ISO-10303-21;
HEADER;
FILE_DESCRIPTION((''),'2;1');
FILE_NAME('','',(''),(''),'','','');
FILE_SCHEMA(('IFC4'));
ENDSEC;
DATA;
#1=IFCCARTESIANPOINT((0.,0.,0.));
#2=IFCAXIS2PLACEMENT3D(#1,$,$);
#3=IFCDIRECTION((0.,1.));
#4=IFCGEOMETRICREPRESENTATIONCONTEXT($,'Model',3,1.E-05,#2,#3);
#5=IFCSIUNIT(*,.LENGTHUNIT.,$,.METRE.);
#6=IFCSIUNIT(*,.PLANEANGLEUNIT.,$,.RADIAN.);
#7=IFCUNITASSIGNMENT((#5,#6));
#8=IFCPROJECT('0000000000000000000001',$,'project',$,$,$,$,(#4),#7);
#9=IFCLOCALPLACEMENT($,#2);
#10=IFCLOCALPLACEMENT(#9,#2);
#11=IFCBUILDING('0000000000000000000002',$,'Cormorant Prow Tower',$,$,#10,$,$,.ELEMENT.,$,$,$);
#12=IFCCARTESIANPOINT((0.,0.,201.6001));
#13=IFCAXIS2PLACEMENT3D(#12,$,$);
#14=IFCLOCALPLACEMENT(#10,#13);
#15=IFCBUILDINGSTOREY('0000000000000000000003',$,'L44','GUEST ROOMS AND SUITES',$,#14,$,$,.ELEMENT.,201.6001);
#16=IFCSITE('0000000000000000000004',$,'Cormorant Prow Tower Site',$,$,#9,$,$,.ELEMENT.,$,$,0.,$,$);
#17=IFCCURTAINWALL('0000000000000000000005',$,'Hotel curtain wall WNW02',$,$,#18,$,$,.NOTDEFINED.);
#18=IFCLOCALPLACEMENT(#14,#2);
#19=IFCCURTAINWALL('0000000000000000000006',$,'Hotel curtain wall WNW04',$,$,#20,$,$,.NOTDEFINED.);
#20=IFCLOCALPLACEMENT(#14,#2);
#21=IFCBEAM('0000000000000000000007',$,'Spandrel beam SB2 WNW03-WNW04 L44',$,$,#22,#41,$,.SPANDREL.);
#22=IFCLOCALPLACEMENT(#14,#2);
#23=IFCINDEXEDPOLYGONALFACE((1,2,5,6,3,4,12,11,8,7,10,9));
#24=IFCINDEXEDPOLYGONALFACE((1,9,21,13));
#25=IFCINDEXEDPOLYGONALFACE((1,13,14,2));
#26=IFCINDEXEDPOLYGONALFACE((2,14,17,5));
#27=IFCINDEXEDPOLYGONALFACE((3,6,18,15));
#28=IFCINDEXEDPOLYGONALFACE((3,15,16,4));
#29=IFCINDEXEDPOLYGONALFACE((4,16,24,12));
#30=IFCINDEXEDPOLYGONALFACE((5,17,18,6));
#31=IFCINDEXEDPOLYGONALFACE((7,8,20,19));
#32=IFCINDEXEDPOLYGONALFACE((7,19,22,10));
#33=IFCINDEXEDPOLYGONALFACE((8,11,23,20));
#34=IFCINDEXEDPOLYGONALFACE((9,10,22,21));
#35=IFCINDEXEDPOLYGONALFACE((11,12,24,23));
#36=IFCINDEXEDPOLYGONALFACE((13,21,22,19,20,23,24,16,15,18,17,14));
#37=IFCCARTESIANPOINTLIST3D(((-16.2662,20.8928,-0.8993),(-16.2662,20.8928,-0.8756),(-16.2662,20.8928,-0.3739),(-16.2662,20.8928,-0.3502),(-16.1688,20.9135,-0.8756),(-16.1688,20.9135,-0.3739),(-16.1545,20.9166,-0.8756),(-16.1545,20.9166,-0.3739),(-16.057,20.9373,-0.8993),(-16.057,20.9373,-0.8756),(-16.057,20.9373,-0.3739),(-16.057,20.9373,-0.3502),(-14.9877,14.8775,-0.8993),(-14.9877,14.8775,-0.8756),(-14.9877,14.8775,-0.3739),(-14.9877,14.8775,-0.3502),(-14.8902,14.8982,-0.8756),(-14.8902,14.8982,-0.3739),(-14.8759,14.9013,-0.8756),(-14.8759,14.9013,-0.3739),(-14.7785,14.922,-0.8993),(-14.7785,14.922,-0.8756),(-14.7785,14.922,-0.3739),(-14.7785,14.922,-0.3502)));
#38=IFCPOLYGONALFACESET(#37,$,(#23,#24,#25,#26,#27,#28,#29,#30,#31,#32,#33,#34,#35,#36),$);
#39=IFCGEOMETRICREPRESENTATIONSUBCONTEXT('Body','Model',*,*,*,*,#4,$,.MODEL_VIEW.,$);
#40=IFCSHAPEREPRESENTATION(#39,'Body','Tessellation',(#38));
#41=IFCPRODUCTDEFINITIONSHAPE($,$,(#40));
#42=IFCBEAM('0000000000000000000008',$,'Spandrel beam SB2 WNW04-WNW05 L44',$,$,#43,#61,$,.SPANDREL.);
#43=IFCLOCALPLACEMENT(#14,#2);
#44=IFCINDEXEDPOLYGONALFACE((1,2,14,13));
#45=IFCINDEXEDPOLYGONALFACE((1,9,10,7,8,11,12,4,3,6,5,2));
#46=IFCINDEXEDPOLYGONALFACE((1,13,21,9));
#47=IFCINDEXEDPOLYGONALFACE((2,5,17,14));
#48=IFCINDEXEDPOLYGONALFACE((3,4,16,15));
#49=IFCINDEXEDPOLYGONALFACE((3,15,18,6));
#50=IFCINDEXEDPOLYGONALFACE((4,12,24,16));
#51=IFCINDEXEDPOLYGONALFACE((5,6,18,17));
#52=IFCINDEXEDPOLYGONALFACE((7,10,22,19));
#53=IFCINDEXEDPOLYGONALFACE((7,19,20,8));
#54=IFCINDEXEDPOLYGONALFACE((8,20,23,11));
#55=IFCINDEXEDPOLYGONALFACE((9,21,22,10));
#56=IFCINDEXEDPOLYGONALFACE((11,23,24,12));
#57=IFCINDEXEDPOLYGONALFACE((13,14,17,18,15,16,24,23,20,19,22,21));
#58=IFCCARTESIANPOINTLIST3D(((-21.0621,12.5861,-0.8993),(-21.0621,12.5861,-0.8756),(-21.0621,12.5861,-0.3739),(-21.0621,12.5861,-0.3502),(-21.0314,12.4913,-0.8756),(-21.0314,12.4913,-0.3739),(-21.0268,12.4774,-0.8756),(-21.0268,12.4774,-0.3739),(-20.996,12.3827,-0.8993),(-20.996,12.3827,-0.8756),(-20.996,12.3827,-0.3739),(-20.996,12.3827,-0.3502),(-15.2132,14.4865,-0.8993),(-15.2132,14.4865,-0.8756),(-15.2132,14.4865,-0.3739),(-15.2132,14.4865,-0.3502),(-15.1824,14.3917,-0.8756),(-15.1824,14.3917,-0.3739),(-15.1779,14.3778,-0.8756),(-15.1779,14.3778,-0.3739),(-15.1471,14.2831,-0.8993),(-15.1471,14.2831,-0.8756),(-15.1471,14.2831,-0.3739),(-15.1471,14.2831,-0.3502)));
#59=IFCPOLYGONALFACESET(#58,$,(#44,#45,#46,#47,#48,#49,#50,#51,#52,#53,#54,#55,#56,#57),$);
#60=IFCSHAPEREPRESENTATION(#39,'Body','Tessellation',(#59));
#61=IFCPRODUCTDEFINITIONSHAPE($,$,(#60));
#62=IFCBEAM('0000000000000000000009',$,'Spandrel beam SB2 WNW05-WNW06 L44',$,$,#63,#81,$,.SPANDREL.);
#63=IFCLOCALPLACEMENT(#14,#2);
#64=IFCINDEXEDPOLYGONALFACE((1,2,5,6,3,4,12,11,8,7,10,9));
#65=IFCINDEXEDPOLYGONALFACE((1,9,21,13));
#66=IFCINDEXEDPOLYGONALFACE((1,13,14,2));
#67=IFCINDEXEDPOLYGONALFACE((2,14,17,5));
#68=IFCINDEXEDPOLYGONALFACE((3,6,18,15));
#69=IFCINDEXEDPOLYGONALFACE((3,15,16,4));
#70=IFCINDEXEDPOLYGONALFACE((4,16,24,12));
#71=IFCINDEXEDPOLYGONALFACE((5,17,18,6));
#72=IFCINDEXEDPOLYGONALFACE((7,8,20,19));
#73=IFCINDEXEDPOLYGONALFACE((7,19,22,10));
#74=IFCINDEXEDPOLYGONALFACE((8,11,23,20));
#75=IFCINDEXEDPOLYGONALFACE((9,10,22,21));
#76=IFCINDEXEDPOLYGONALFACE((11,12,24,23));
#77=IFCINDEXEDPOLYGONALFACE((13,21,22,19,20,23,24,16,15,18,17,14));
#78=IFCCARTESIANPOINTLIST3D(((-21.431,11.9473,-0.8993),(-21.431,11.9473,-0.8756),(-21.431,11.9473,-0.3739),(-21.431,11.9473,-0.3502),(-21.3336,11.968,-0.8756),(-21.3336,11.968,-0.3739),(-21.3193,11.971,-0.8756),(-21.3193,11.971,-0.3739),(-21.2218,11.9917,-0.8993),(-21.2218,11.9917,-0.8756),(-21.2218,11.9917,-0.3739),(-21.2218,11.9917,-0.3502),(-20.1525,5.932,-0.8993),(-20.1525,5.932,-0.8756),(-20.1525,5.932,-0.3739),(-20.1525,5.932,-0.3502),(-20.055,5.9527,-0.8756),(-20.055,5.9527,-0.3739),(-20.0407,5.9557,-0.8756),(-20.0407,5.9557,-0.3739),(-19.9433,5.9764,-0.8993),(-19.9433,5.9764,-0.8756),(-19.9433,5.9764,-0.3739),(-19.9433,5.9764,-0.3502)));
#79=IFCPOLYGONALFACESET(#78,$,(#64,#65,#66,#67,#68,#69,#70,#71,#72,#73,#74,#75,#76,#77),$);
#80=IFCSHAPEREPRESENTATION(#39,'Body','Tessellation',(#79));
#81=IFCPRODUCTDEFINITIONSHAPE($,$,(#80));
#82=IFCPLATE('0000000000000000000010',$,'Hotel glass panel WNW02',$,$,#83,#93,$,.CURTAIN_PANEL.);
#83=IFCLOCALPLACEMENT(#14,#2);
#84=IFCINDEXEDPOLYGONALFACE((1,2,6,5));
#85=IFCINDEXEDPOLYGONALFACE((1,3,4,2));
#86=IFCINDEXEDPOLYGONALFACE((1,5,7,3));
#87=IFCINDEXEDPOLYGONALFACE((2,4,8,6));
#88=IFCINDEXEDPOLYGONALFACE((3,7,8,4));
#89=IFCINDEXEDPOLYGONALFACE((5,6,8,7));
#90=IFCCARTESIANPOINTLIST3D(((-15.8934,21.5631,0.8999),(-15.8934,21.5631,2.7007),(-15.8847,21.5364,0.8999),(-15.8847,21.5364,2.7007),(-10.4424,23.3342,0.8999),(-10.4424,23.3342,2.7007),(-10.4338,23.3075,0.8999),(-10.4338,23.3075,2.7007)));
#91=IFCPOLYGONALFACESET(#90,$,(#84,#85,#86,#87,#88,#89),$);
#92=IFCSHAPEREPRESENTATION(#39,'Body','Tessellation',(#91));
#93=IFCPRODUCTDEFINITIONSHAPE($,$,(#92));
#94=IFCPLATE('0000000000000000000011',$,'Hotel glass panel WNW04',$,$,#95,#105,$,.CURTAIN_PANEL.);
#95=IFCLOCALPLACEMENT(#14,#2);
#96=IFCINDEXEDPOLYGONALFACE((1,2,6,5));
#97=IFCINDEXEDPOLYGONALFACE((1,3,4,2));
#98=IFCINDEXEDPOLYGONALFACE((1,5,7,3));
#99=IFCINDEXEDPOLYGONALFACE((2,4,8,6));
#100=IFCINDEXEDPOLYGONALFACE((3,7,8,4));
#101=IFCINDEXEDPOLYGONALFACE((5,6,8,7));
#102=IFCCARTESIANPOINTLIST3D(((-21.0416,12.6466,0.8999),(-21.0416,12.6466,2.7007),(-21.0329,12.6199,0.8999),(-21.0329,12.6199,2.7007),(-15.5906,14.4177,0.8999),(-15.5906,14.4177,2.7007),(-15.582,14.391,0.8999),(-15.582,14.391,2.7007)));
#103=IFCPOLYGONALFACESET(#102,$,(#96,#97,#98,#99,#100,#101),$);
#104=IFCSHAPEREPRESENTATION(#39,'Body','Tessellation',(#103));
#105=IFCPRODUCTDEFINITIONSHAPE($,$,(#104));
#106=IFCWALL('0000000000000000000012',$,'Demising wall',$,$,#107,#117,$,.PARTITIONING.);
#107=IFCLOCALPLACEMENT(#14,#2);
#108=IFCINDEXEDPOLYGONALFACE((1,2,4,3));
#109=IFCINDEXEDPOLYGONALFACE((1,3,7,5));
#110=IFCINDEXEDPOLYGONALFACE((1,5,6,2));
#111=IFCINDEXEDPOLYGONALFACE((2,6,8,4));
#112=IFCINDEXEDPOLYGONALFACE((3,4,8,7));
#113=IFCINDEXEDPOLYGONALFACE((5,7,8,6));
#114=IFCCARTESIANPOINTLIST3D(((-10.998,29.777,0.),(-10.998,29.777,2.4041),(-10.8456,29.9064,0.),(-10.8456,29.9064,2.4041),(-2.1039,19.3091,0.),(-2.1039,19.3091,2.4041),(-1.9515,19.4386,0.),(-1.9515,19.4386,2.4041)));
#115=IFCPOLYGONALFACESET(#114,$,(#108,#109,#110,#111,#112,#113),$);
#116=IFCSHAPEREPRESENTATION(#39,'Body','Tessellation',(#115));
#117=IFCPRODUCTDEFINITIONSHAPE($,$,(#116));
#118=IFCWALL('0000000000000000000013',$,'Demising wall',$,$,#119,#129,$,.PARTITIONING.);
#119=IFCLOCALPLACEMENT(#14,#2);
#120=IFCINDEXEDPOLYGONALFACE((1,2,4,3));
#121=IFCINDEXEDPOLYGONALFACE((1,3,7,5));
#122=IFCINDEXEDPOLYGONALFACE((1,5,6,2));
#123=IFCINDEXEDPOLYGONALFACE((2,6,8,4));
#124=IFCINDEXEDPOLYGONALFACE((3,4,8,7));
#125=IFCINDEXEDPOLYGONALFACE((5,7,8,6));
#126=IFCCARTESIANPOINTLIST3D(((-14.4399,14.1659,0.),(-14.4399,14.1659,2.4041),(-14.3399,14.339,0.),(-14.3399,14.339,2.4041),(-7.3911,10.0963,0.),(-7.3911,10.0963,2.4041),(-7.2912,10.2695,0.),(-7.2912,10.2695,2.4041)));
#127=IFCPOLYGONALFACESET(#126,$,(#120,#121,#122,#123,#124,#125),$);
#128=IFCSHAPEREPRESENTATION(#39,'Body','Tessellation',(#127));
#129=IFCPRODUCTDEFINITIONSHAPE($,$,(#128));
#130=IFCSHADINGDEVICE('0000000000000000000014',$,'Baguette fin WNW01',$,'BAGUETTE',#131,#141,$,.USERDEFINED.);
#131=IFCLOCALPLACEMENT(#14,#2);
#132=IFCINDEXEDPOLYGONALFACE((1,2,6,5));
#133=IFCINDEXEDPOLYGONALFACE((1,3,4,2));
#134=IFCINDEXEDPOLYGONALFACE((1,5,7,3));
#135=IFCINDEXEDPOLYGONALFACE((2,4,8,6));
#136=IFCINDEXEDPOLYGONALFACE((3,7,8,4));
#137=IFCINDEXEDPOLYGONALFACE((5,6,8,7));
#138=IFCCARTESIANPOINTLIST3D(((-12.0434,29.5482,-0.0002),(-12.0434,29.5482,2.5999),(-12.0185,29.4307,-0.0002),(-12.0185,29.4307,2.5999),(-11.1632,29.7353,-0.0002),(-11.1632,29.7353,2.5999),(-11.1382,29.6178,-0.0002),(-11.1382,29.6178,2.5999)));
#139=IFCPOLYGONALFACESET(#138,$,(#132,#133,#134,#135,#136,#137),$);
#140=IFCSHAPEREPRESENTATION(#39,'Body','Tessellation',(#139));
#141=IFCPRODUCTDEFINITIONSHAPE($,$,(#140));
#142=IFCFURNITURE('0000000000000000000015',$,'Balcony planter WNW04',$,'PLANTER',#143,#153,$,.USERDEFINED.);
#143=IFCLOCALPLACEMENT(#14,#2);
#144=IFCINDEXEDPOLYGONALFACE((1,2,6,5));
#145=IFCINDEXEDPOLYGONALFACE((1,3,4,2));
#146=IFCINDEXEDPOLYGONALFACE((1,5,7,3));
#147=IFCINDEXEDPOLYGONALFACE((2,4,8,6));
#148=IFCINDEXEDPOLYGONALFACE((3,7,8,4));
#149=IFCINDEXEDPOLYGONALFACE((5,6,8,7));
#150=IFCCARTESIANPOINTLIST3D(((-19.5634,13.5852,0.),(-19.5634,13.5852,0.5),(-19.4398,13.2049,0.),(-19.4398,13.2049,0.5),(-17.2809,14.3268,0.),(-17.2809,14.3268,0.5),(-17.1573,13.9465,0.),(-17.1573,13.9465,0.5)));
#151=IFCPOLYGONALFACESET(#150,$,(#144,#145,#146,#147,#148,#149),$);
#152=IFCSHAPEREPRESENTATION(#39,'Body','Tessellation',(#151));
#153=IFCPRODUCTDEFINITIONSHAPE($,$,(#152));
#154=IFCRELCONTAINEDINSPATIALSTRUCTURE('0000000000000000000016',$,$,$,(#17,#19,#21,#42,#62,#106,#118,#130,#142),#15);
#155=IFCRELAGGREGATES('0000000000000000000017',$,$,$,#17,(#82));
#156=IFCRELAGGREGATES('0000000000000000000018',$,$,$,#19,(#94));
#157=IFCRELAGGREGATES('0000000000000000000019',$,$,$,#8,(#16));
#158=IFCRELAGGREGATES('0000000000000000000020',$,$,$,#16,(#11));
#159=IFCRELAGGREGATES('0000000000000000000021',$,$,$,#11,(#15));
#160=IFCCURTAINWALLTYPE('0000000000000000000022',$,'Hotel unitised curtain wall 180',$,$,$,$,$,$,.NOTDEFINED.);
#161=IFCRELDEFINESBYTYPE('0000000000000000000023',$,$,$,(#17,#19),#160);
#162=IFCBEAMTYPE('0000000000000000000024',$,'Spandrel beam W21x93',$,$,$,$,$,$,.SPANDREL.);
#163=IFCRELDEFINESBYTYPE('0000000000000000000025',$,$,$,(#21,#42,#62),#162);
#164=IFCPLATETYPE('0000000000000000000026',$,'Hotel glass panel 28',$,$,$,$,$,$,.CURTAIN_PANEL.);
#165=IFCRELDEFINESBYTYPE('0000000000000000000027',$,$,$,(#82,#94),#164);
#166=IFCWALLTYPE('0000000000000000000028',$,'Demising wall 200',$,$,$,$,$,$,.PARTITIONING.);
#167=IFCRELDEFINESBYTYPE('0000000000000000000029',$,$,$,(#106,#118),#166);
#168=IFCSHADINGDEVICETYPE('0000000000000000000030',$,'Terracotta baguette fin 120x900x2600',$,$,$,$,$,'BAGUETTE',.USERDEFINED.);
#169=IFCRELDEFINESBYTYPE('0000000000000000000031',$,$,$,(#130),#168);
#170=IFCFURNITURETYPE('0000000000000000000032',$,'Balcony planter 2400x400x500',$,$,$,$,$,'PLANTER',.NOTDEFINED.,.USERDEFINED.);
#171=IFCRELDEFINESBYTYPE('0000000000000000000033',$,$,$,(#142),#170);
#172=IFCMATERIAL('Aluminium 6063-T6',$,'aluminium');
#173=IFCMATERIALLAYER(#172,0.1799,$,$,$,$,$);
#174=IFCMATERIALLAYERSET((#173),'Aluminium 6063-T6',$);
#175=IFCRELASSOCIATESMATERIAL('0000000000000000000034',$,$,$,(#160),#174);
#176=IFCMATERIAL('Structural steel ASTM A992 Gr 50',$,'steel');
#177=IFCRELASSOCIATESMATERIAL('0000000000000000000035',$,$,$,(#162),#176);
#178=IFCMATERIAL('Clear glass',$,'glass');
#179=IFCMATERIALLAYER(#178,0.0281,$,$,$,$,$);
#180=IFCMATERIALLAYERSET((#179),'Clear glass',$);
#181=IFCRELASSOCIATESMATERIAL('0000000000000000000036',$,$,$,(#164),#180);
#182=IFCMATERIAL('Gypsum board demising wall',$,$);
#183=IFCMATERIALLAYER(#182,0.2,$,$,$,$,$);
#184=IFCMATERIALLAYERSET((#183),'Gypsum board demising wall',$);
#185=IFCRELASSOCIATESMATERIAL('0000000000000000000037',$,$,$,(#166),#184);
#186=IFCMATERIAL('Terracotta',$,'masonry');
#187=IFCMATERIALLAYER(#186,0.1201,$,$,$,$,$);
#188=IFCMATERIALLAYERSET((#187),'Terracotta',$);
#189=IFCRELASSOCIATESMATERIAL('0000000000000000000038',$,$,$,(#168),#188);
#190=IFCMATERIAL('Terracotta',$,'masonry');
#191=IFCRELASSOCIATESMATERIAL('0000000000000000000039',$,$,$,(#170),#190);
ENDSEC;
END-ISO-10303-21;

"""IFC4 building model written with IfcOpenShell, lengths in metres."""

from ifc_helpers import new_model, si_unit, direction, frame, frame_2d, origin, origin_2d, place, context, subcontext, project, spatial, rectangle, i_section, extrude, material, layer, layer_set, material_profile, profile_set, type_object, element, aggregate, save


model = new_model("IFC4")

# Units and contexts
model_context = context("Model", 3, precision=1e-05, world=origin(), true_north=direction((0.0, 1.0)))
body_context = subcontext(model_context, "Body", "Model", "MODEL_VIEW")
ifc_project = project(units=[si_unit("LENGTHUNIT", "METRE"), si_unit("PLANEANGLEUNIT", "RADIAN")], contexts=[model_context])

# Site, building, storey
site_placement = place(None, origin())
site = spatial("IfcSite", under=ifc_project, at=site_placement, Name="Cormorant Prow Tower Site", CompositionType="ELEMENT", RefElevation=0.0)
building_placement = place(site_placement, origin())
building = spatial("IfcBuilding", under=site, at=building_placement, Name="Cormorant Prow Tower", CompositionType="ELEMENT")
storey_placement = place(building_placement, frame((0.0, 0.0, 201.6001)))
storey = spatial("IfcBuildingStorey", under=building, at=storey_placement, Name="L44", Description="GUEST ROOMS AND SUITES", CompositionType="ELEMENT", Elevation=201.6001)

# Curtain walls
ifc_material_1 = material(Name="Aluminium 6063-T6", Category="aluminium")
ifc_layer_1 = layer(ifc_material_1, 0.1799)
ifc_layer_set_1 = layer_set([ifc_layer_1], Name="Aluminium 6063-T6")
curtain_wall_type = type_object("IfcCurtainWallType", Name="Hotel unitised curtain wall 180", PredefinedType="NOTDEFINED", material=ifc_layer_set_1)
curtain_wall_1_placement = place(storey_placement, origin())
curtain_wall_1 = element("IfcCurtainWall", 1, at=curtain_wall_1_placement, inside=storey, type_object=curtain_wall_type, Name="Hotel curtain wall WNW02", PredefinedType="NOTDEFINED")
curtain_wall_2_placement = place(storey_placement, origin())
curtain_wall_2 = element("IfcCurtainWall", 2, at=curtain_wall_2_placement, inside=storey, type_object=curtain_wall_type, Name="Hotel curtain wall WNW04", PredefinedType="NOTDEFINED")

# Beams
ifc_material_2 = material(Name="Structural steel ASTM A992 Gr 50", Category="steel")
ifc_material_profile_1 = material_profile(ifc_material_2, i_section(OverallWidth=0.2139, OverallDepth=0.5491, WebThickness=0.0146, FlangeThickness=0.0237, at=origin_2d()), Name="W21x93")
ifc_profile_set_1 = profile_set([ifc_material_profile_1], Name="Structural steel ASTM A992 Gr 50")
beam_type = type_object("IfcBeamType", Name="Spandrel beam W21x93", PredefinedType="SPANDREL", material=ifc_profile_set_1)
beam_1_placement = place(storey_placement, frame((-16.1616, 20.915, -0.6248), z_axis=(0.207905, -0.978149, 0.0), x_axis=(0.978149, 0.207905, 0.0)))
element("IfcBeam", 3, at=beam_1_placement, inside=storey, type_object=beam_type, Name="Spandrel beam SB2 WNW03-WNW04 L44", PredefinedType="SPANDREL", context=body_context, shape_type="SweptSolid", body=[
    extrude(i_section(OverallWidth=0.2139, OverallDepth=0.5491, WebThickness=0.0146, FlangeThickness=0.0237, at=origin_2d()), origin(), (0.0, 0.0, 1.0), 6.1497),
])
beam_2_placement = place(storey_placement, frame((-15.1802, 14.3848, -0.6248), z_axis=(-0.951058, -0.309013, 0.0), x_axis=(0.309013, -0.951058, 0.0)))
element("IfcBeam", 4, at=beam_2_placement, inside=storey, type_object=beam_type, Name="Spandrel beam SB2 WNW04-WNW05 L44", PredefinedType="SPANDREL", context=body_context, shape_type="SweptSolid", body=[
    extrude(i_section(OverallWidth=0.2139, OverallDepth=0.5491, WebThickness=0.0146, FlangeThickness=0.0237, at=origin_2d()), origin(), (0.0, 0.0, 1.0), 6.1499),
])
beam_3_placement = place(storey_placement, frame((-21.3264, 11.9695, -0.6248), z_axis=(0.207905, -0.978149, 0.0), x_axis=(0.978149, 0.207905, 0.0)))
element("IfcBeam", 5, at=beam_3_placement, inside=storey, type_object=beam_type, Name="Spandrel beam SB2 WNW05-WNW06 L44", PredefinedType="SPANDREL", context=body_context, shape_type="SweptSolid", body=[
    extrude(i_section(OverallWidth=0.2139, OverallDepth=0.5491, WebThickness=0.0146, FlangeThickness=0.0237, at=origin_2d()), origin(), (0.0, 0.0, 1.0), 6.1497),
])

# Plates
ifc_material_3 = material(Name="Clear glass", Category="glass")
ifc_layer_2 = layer(ifc_material_3, 0.0281)
ifc_layer_set_2 = layer_set([ifc_layer_2], Name="Clear glass")
plate_type = type_object("IfcPlateType", Name="Hotel glass panel 28", PredefinedType="CURTAIN_PANEL", material=ifc_layer_set_2)
plate_1_placement = place(storey_placement, frame((-13.1636, 22.4353, 0.8999), z_axis=(0.0, 0.0, 1.0), x_axis=(-0.951056, -0.309017, 0.0)))
plate_1 = element("IfcPlate", 6, at=plate_1_placement, type_object=plate_type, Name="Hotel glass panel WNW02", PredefinedType="CURTAIN_PANEL", context=body_context, shape_type="SweptSolid", body=[
    extrude(rectangle(XDim=5.7314, YDim=0.0281, at=origin_2d()), origin(), (0.0, 0.0, 1.0), 1.8008),
])
aggregate(curtain_wall_1, [plate_1])
plate_2_placement = place(storey_placement, frame((-18.3118, 13.5188, 0.8999), z_axis=(0.0, 0.0, 1.0), x_axis=(-0.951057, -0.309017, 0.0)))
plate_2 = element("IfcPlate", 7, at=plate_2_placement, type_object=plate_type, Name="Hotel glass panel WNW04", PredefinedType="CURTAIN_PANEL", context=body_context, shape_type="SweptSolid", body=[
    extrude(rectangle(XDim=5.7314, YDim=0.0281, at=origin_2d()), origin(), (0.0, 0.0, 1.0), 1.8008),
])
aggregate(curtain_wall_2, [plate_2])

# Walls
ifc_material_4 = material(Name="Gypsum board demising wall")
ifc_layer_3 = layer(ifc_material_4, 0.2)
ifc_layer_set_3 = layer_set([ifc_layer_3], Name="Gypsum board demising wall")
wall_type_1 = type_object("IfcWallType", Name="Demising wall 200", PredefinedType="PARTITIONING", material=ifc_layer_set_3)
wall_1_placement = place(storey_placement, frame((-10.9219, 29.8418, 0.0), z_axis=(0.0, 0.0, 1.0), x_axis=(0.647498, -0.762067, 0.0)))
element("IfcWall", 8, at=wall_1_placement, inside=storey, type_object=wall_type_1, Name="Demising wall", PredefinedType="PARTITIONING", context=body_context, shape_type="SweptSolid", body=[
    extrude(rectangle(XDim=13.7361, YDim=0.2, at=frame_2d((6.8682, 0.0))), origin(), (0.0, 0.0, 1.0), 2.4041),
])
wall_2_placement = place(storey_placement, frame((-14.3899, 14.2524, 0.0), z_axis=(0.0, 0.0, 1.0), x_axis=(0.866029, -0.499994, 0.0)))
element("IfcWall", 9, at=wall_2_placement, inside=storey, type_object=wall_type_1, Name="Demising wall", PredefinedType="PARTITIONING", context=body_context, shape_type="SweptSolid", body=[
    extrude(rectangle(XDim=8.1392, YDim=0.2, at=frame_2d((4.0696, 0.0))), origin(), (0.0, 0.0, 1.0), 2.4041),
])

# Shading device
ifc_material_5 = material(Name="Terracotta", Category="masonry")
ifc_layer_4 = layer(ifc_material_5, 0.1201)
ifc_layer_set_4 = layer_set([ifc_layer_4], Name="Terracotta")
shading_device_type = type_object("IfcShadingDeviceType", Name="Terracotta baguette fin 120x900x2600", ElementType="BAGUETTE", PredefinedType="USERDEFINED", material=ifc_layer_set_4)
shading_device_placement = place(storey_placement, frame((-11.5908, 29.583, -0.0002), z_axis=(0.0, 0.0, 1.0), x_axis=(0.207912, -0.978148, 0.0)))
element("IfcShadingDevice", 10, at=shading_device_placement, inside=storey, type_object=shading_device_type, Name="Baguette fin WNW01", ObjectType="BAGUETTE", PredefinedType="USERDEFINED", context=body_context, shape_type="SweptSolid", body=[
    extrude(rectangle(XDim=0.1201, YDim=0.8999, at=origin_2d()), origin(), (0.0, 0.0, 1.0), 2.6001),
])

# Furniture
ifc_material_6 = material(Name="Terracotta", Category="masonry")
furniture_type = type_object("IfcFurnitureType", Name="Balcony planter 2400x400x500", ElementType="PLANTER", AssemblyPlace="NOTDEFINED", PredefinedType="USERDEFINED", material=ifc_material_6)
furniture_placement = place(storey_placement, frame((-18.3604, 13.7659, 0.0), z_axis=(0.0, 0.0, 1.0), x_axis=(-0.951057, -0.309017, 0.0)))
element("IfcFurniture", 11, at=furniture_placement, inside=storey, type_object=furniture_type, Name="Balcony planter WNW04", ObjectType="PLANTER", PredefinedType="USERDEFINED", context=body_context, shape_type="SweptSolid", body=[
    extrude(rectangle(XDim=2.3999, YDim=0.3999, at=origin_2d()), origin(), (0.0, 0.0, 1.0), 0.5),
])

save(model, "model.ifc")
